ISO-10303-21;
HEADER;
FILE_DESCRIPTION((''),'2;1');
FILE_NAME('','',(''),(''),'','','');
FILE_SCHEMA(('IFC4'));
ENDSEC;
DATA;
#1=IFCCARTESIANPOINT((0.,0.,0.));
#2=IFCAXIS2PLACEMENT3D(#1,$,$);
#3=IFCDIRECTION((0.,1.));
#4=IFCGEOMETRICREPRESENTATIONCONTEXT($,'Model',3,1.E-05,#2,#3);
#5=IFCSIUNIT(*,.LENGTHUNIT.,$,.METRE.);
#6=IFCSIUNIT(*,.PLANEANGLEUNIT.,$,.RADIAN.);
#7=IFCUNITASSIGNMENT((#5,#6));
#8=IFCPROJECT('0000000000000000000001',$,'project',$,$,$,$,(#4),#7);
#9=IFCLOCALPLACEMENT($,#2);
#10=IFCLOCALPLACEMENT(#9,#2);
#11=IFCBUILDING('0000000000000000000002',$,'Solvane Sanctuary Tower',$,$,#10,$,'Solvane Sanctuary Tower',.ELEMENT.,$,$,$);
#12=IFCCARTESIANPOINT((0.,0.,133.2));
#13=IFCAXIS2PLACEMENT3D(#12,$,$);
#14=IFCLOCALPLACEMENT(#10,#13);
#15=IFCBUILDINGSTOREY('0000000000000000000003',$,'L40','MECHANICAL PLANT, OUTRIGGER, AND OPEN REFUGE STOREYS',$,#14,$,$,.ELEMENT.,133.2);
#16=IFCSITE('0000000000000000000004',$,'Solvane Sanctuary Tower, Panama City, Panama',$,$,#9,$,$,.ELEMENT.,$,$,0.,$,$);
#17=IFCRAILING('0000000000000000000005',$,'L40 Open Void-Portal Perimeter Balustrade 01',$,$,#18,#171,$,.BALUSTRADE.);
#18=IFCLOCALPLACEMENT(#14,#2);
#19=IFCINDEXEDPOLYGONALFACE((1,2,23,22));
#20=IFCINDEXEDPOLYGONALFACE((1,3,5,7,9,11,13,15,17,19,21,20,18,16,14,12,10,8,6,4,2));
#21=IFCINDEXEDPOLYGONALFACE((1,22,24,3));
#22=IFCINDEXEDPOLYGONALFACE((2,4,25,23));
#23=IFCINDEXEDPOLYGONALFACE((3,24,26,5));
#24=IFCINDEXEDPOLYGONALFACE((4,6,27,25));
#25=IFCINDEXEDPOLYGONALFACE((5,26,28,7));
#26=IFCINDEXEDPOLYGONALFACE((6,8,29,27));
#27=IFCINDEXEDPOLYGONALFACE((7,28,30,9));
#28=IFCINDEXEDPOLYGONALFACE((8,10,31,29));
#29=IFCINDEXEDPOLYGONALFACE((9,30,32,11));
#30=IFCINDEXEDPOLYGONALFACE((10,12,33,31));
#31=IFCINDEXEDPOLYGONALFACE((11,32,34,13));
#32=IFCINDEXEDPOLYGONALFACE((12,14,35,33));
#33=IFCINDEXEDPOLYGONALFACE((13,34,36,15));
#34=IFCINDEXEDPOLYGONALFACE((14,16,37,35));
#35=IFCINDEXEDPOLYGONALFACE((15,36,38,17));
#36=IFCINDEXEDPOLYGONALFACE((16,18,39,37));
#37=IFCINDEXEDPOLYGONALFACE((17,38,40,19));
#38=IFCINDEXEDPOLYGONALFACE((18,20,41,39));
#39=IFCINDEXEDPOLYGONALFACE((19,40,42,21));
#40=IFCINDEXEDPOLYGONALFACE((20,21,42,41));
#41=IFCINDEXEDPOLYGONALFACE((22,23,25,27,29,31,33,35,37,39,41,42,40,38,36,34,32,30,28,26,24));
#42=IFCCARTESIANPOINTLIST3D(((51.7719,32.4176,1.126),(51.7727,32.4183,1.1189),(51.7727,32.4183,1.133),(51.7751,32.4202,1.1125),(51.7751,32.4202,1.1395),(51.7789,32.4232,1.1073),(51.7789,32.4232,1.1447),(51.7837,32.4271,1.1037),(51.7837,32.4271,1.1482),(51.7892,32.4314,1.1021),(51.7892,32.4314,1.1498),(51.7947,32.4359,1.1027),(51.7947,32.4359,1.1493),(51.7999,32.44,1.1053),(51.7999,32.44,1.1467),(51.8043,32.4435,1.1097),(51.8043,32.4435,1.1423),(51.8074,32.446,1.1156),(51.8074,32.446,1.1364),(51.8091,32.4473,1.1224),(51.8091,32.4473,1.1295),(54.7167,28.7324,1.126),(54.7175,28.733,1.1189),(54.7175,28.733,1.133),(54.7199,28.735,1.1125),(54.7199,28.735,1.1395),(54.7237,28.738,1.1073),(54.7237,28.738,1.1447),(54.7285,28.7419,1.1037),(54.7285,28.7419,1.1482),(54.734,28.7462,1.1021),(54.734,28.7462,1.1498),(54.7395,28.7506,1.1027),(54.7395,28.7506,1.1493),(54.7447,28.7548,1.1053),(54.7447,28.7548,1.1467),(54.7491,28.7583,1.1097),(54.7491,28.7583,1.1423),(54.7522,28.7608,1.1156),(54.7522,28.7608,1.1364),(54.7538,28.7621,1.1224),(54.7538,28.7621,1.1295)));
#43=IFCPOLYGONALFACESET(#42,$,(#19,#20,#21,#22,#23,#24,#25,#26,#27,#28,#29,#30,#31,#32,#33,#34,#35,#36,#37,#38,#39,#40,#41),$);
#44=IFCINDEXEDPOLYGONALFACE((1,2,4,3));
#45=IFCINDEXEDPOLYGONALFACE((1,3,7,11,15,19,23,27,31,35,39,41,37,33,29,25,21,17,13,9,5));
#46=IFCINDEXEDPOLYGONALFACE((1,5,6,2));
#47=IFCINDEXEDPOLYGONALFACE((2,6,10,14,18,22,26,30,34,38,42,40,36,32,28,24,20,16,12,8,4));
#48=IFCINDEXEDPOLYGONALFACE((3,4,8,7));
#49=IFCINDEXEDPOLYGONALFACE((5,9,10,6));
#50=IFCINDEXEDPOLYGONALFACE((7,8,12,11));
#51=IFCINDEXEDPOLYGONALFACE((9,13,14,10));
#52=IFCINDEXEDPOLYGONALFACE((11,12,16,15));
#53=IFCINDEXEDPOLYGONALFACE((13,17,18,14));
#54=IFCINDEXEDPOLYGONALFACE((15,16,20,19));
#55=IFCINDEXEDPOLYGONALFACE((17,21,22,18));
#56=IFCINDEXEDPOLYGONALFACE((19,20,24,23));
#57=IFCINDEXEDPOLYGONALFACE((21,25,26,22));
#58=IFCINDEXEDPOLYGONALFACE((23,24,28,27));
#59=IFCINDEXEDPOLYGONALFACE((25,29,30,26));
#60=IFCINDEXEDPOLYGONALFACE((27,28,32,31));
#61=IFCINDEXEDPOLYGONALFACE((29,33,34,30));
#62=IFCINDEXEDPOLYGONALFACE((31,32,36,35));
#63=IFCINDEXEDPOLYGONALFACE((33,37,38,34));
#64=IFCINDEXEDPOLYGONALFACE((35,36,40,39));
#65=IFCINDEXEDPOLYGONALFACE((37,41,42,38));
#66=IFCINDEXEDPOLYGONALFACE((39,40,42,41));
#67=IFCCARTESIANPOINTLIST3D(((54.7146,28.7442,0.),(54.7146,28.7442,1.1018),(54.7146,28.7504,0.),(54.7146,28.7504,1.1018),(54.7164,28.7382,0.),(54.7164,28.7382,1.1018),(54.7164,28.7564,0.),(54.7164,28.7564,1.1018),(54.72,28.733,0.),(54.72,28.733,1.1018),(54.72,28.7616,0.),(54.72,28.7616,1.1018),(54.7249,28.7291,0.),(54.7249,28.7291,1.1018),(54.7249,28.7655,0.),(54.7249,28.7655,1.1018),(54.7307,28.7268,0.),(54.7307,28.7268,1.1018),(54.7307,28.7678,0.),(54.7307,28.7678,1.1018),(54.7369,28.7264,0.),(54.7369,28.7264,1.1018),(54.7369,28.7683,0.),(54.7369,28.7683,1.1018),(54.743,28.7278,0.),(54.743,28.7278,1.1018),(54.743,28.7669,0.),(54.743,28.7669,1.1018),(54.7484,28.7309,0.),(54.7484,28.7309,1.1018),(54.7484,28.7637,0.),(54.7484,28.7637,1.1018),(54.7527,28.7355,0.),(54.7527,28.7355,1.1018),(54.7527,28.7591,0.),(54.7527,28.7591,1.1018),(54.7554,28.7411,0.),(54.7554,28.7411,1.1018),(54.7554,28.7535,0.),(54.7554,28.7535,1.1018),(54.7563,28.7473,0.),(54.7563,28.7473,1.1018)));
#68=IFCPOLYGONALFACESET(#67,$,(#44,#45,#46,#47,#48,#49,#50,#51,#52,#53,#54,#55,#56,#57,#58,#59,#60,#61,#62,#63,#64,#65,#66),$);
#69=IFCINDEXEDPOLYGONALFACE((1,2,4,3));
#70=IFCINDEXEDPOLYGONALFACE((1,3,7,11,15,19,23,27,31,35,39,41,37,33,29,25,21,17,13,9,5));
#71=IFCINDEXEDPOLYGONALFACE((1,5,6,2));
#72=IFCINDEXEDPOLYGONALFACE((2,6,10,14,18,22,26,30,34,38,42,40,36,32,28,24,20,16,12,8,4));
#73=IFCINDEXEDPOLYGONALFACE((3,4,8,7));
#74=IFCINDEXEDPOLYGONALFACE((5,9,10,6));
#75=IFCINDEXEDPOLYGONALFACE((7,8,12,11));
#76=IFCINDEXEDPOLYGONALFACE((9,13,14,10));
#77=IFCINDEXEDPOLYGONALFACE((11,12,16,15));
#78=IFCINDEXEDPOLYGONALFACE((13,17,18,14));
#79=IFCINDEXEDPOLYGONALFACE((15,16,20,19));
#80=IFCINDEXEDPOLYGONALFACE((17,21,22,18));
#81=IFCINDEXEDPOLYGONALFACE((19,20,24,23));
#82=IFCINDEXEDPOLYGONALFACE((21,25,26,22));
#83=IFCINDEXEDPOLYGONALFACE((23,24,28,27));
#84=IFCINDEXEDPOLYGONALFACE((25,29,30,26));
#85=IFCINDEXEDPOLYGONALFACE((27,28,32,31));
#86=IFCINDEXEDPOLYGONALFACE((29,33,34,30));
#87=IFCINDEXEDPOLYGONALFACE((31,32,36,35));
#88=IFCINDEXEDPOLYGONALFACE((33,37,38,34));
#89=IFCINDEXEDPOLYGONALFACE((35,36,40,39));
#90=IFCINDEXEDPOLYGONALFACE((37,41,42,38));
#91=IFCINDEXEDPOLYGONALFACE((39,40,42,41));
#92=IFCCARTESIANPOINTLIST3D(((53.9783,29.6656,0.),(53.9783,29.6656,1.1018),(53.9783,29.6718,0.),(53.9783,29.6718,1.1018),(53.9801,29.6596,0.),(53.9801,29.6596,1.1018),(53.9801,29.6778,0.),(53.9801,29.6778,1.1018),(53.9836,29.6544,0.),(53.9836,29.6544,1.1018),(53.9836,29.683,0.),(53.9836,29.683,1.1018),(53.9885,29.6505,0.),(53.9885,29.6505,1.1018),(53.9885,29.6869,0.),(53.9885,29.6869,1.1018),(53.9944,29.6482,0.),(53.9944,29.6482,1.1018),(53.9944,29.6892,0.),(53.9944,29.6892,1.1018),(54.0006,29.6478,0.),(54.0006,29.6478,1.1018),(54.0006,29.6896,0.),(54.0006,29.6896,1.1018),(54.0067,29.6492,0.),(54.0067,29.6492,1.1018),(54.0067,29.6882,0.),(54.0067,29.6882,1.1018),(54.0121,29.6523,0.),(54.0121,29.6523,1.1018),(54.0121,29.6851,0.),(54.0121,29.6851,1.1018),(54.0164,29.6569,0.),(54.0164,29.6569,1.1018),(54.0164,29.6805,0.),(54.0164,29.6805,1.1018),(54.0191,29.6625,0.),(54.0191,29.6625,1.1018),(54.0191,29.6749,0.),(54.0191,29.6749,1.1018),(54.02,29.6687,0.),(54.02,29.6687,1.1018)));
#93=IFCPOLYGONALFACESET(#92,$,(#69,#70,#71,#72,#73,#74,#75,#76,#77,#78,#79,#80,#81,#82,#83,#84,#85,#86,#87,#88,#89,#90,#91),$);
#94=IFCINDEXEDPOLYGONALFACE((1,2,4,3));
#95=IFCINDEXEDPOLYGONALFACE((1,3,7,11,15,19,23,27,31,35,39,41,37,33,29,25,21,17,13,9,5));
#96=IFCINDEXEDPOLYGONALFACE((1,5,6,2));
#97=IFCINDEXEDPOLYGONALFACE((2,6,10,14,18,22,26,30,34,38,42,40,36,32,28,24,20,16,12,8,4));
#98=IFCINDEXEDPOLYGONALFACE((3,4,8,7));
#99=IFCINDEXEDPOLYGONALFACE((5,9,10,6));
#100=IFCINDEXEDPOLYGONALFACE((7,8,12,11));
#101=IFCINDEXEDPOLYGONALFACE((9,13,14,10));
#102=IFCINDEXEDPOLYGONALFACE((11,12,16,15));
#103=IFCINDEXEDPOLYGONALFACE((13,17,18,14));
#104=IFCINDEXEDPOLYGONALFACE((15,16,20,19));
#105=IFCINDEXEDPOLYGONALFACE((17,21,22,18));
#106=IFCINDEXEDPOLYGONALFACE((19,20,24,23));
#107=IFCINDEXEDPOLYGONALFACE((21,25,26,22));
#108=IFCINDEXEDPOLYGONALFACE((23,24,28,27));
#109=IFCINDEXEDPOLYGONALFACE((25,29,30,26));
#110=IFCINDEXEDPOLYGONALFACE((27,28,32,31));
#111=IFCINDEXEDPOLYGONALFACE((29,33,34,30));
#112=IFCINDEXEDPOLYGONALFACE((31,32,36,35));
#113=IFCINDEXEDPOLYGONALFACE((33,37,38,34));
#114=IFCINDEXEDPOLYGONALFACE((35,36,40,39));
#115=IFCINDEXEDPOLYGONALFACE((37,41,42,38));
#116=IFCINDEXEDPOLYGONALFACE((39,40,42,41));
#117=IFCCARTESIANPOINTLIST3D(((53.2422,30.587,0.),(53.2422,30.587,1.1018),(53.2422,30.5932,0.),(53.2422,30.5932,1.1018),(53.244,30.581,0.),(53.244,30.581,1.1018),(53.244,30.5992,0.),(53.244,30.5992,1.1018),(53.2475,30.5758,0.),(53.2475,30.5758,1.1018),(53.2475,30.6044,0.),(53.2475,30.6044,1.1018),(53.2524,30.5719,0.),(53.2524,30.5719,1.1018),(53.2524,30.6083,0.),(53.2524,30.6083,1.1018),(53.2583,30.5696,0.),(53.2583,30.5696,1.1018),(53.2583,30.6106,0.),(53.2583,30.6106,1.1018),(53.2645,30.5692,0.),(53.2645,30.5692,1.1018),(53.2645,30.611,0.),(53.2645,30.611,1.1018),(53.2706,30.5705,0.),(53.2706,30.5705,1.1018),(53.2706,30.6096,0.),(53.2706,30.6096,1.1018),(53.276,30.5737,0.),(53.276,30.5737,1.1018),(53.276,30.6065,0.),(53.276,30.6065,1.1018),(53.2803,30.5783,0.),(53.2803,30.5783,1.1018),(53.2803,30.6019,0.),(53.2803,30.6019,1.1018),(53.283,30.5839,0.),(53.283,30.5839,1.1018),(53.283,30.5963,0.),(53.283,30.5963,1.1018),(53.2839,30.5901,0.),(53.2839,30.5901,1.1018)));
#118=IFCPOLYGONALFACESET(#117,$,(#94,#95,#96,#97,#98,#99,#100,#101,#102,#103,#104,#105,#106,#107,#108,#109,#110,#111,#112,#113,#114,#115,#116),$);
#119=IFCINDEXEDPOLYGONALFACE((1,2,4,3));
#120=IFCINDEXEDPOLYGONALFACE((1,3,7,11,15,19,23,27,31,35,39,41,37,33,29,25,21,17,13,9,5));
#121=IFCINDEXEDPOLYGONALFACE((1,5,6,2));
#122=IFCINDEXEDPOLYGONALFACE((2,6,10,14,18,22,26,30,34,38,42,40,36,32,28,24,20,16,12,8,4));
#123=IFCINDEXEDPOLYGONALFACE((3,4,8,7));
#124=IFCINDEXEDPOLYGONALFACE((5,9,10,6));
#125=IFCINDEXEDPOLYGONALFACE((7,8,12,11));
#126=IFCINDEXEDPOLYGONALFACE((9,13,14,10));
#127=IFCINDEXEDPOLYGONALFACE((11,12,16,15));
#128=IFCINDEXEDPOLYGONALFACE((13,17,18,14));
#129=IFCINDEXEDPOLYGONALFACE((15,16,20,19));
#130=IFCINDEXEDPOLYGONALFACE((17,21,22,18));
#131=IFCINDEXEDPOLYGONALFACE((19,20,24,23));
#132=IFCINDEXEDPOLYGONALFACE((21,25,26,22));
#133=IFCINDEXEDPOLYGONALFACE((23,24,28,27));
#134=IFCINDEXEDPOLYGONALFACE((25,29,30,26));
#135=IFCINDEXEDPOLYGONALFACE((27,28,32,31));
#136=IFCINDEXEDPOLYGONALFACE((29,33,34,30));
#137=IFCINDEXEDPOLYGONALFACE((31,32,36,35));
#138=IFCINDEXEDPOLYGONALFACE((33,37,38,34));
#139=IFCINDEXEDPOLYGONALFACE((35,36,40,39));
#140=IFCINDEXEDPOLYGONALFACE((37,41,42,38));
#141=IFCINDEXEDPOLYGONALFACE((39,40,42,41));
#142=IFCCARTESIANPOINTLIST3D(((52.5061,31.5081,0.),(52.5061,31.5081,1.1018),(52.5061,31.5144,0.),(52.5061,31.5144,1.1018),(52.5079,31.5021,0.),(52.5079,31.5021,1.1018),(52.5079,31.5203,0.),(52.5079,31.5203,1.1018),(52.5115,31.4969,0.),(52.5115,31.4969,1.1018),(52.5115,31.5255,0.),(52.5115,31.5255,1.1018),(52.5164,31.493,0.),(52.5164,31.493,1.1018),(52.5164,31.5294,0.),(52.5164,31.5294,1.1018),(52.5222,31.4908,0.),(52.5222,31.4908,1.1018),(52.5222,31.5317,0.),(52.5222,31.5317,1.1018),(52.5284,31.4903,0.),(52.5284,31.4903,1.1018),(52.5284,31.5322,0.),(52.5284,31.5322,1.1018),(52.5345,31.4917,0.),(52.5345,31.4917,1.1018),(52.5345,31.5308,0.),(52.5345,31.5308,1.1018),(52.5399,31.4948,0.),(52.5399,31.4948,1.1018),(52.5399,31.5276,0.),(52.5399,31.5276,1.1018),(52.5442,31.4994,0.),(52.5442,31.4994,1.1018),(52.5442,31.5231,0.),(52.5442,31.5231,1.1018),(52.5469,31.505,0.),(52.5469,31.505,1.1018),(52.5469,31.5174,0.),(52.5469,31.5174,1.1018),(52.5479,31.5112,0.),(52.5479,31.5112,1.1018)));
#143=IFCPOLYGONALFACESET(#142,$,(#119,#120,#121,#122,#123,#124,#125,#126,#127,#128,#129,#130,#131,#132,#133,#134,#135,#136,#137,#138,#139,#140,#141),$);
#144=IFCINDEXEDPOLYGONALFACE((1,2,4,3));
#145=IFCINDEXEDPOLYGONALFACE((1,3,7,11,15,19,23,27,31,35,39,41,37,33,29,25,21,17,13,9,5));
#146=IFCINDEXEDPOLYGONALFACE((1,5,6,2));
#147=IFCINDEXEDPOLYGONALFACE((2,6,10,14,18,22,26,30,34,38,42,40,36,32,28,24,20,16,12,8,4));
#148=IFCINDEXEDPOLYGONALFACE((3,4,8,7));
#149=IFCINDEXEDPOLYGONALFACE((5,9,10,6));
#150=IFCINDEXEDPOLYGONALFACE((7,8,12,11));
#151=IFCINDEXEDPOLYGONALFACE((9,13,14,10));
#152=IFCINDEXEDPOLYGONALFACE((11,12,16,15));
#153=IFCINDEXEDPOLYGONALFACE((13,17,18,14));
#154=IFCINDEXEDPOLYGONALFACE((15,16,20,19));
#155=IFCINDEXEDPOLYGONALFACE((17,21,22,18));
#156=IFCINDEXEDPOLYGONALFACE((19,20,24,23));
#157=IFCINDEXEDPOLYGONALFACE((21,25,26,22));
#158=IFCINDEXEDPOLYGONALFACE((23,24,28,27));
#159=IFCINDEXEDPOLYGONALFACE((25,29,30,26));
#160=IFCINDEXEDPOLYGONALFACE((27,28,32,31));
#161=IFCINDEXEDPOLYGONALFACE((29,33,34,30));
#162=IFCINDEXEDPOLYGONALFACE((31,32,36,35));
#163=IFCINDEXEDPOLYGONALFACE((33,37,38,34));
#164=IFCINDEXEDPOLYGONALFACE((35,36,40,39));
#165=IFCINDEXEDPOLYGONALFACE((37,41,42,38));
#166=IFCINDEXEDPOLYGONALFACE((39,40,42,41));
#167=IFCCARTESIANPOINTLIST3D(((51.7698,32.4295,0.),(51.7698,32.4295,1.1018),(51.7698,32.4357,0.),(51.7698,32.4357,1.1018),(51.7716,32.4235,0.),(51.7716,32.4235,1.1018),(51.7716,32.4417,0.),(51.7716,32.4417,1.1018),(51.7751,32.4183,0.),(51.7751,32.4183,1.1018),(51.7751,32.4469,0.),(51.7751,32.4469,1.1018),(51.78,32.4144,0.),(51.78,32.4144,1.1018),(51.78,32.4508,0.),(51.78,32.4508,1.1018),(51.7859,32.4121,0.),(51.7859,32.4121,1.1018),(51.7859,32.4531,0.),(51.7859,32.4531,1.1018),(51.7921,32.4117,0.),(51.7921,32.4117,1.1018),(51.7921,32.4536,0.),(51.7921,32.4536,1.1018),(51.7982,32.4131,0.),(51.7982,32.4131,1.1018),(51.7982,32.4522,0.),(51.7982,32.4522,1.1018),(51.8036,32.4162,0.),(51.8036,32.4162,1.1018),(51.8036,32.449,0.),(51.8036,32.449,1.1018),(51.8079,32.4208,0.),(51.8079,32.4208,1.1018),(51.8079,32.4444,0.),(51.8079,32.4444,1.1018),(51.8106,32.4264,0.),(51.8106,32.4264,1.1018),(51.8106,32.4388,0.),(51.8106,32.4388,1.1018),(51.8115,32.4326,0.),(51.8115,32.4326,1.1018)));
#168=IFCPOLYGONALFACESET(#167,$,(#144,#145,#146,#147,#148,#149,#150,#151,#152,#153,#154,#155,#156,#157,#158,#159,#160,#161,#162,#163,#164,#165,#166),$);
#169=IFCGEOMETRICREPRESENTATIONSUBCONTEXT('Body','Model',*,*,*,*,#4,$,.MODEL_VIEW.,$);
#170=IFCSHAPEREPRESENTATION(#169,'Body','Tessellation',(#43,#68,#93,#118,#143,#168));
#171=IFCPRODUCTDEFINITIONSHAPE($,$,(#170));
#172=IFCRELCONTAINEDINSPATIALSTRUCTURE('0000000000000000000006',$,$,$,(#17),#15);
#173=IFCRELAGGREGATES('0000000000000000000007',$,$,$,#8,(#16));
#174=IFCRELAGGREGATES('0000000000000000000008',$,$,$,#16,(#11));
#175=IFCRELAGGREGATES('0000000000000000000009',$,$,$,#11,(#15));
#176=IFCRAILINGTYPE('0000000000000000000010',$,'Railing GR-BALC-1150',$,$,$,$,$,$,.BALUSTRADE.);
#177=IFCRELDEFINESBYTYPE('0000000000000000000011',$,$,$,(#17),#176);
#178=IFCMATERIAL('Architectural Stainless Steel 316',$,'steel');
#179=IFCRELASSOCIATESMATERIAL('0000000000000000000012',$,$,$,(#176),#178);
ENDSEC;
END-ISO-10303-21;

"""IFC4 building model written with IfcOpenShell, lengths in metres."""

from ifc_helpers import new_model, si_unit, direction, frame, origin, origin_2d, place, context, subcontext, project, spatial, circle, extrude, material, type_object, element, save


model = new_model("IFC4")

# Units and contexts
model_context = context("Model", 3, precision=1e-05, world=origin(), true_north=direction((0.0, 1.0)))
body_context = subcontext(model_context, "Body", "Model", "MODEL_VIEW")
ifc_project = project(units=[si_unit("LENGTHUNIT", "METRE"), si_unit("PLANEANGLEUNIT", "RADIAN")], contexts=[model_context])

# Site, building, storey
site_placement = place(None, origin())
site = spatial("IfcSite", under=ifc_project, at=site_placement, Name="Solvane Sanctuary Tower, Panama City, Panama", CompositionType="ELEMENT", RefElevation=0.0)
building_placement = place(site_placement, origin())
building = spatial("IfcBuilding", under=site, at=building_placement, Name="Solvane Sanctuary Tower", LongName="Solvane Sanctuary Tower", CompositionType="ELEMENT")
storey_placement = place(building_placement, frame((0.0, 0.0, 133.2)))
storey = spatial("IfcBuildingStorey", under=building, at=storey_placement, Name="L40", Description="MECHANICAL PLANT, OUTRIGGER, AND OPEN REFUGE STOREYS", CompositionType="ELEMENT", Elevation=133.2)

# Shared definitions
ifc_material_1 = material(Name="Architectural Stainless Steel 316", Category="steel")

# Railing
railing_type_1 = type_object("IfcRailingType", Name="Railing GR-BALC-1150", PredefinedType="BALUSTRADE", material=ifc_material_1)
railing_1_placement = place(storey_placement, frame((54.7354, 28.7473, 0.0)))
element("IfcRailing", 1, at=railing_1_placement, inside=storey, type_object=railing_type_1, Name="L40 Open Void-Portal Perimeter Balustrade 01", PredefinedType="BALUSTRADE", context=body_context, shape_type="SweptSolid", body=[
    extrude(circle(Radius=0.0239, at=origin_2d()), frame((0.0, 0.0, 1.126), z_axis=(-0.624253, 0.781222, 0.0), x_axis=(-0.781222, -0.624253, 0.0)), (0.0, 0.0, 1.0), 4.7173),
    extrude(circle(Radius=0.021, at=origin_2d()), origin(), (0.0, 0.0, 1.0), 1.1018),
    extrude(circle(Radius=0.021, at=origin_2d()), frame((-0.7363, 0.9214, 0.0)), (0.0, 0.0, 1.0), 1.1018),
    extrude(circle(Radius=0.021, at=origin_2d()), frame((-1.4724, 1.8428, 0.0)), (0.0, 0.0, 1.0), 1.1018),
    extrude(circle(Radius=0.021, at=origin_2d()), frame((-2.2085, 2.7639, 0.0)), (0.0, 0.0, 1.0), 1.1018),
    extrude(circle(Radius=0.021, at=origin_2d()), frame((-2.9448, 3.6853, 0.0)), (0.0, 0.0, 1.0), 1.1018),
])

save(model, "model.ifc")
